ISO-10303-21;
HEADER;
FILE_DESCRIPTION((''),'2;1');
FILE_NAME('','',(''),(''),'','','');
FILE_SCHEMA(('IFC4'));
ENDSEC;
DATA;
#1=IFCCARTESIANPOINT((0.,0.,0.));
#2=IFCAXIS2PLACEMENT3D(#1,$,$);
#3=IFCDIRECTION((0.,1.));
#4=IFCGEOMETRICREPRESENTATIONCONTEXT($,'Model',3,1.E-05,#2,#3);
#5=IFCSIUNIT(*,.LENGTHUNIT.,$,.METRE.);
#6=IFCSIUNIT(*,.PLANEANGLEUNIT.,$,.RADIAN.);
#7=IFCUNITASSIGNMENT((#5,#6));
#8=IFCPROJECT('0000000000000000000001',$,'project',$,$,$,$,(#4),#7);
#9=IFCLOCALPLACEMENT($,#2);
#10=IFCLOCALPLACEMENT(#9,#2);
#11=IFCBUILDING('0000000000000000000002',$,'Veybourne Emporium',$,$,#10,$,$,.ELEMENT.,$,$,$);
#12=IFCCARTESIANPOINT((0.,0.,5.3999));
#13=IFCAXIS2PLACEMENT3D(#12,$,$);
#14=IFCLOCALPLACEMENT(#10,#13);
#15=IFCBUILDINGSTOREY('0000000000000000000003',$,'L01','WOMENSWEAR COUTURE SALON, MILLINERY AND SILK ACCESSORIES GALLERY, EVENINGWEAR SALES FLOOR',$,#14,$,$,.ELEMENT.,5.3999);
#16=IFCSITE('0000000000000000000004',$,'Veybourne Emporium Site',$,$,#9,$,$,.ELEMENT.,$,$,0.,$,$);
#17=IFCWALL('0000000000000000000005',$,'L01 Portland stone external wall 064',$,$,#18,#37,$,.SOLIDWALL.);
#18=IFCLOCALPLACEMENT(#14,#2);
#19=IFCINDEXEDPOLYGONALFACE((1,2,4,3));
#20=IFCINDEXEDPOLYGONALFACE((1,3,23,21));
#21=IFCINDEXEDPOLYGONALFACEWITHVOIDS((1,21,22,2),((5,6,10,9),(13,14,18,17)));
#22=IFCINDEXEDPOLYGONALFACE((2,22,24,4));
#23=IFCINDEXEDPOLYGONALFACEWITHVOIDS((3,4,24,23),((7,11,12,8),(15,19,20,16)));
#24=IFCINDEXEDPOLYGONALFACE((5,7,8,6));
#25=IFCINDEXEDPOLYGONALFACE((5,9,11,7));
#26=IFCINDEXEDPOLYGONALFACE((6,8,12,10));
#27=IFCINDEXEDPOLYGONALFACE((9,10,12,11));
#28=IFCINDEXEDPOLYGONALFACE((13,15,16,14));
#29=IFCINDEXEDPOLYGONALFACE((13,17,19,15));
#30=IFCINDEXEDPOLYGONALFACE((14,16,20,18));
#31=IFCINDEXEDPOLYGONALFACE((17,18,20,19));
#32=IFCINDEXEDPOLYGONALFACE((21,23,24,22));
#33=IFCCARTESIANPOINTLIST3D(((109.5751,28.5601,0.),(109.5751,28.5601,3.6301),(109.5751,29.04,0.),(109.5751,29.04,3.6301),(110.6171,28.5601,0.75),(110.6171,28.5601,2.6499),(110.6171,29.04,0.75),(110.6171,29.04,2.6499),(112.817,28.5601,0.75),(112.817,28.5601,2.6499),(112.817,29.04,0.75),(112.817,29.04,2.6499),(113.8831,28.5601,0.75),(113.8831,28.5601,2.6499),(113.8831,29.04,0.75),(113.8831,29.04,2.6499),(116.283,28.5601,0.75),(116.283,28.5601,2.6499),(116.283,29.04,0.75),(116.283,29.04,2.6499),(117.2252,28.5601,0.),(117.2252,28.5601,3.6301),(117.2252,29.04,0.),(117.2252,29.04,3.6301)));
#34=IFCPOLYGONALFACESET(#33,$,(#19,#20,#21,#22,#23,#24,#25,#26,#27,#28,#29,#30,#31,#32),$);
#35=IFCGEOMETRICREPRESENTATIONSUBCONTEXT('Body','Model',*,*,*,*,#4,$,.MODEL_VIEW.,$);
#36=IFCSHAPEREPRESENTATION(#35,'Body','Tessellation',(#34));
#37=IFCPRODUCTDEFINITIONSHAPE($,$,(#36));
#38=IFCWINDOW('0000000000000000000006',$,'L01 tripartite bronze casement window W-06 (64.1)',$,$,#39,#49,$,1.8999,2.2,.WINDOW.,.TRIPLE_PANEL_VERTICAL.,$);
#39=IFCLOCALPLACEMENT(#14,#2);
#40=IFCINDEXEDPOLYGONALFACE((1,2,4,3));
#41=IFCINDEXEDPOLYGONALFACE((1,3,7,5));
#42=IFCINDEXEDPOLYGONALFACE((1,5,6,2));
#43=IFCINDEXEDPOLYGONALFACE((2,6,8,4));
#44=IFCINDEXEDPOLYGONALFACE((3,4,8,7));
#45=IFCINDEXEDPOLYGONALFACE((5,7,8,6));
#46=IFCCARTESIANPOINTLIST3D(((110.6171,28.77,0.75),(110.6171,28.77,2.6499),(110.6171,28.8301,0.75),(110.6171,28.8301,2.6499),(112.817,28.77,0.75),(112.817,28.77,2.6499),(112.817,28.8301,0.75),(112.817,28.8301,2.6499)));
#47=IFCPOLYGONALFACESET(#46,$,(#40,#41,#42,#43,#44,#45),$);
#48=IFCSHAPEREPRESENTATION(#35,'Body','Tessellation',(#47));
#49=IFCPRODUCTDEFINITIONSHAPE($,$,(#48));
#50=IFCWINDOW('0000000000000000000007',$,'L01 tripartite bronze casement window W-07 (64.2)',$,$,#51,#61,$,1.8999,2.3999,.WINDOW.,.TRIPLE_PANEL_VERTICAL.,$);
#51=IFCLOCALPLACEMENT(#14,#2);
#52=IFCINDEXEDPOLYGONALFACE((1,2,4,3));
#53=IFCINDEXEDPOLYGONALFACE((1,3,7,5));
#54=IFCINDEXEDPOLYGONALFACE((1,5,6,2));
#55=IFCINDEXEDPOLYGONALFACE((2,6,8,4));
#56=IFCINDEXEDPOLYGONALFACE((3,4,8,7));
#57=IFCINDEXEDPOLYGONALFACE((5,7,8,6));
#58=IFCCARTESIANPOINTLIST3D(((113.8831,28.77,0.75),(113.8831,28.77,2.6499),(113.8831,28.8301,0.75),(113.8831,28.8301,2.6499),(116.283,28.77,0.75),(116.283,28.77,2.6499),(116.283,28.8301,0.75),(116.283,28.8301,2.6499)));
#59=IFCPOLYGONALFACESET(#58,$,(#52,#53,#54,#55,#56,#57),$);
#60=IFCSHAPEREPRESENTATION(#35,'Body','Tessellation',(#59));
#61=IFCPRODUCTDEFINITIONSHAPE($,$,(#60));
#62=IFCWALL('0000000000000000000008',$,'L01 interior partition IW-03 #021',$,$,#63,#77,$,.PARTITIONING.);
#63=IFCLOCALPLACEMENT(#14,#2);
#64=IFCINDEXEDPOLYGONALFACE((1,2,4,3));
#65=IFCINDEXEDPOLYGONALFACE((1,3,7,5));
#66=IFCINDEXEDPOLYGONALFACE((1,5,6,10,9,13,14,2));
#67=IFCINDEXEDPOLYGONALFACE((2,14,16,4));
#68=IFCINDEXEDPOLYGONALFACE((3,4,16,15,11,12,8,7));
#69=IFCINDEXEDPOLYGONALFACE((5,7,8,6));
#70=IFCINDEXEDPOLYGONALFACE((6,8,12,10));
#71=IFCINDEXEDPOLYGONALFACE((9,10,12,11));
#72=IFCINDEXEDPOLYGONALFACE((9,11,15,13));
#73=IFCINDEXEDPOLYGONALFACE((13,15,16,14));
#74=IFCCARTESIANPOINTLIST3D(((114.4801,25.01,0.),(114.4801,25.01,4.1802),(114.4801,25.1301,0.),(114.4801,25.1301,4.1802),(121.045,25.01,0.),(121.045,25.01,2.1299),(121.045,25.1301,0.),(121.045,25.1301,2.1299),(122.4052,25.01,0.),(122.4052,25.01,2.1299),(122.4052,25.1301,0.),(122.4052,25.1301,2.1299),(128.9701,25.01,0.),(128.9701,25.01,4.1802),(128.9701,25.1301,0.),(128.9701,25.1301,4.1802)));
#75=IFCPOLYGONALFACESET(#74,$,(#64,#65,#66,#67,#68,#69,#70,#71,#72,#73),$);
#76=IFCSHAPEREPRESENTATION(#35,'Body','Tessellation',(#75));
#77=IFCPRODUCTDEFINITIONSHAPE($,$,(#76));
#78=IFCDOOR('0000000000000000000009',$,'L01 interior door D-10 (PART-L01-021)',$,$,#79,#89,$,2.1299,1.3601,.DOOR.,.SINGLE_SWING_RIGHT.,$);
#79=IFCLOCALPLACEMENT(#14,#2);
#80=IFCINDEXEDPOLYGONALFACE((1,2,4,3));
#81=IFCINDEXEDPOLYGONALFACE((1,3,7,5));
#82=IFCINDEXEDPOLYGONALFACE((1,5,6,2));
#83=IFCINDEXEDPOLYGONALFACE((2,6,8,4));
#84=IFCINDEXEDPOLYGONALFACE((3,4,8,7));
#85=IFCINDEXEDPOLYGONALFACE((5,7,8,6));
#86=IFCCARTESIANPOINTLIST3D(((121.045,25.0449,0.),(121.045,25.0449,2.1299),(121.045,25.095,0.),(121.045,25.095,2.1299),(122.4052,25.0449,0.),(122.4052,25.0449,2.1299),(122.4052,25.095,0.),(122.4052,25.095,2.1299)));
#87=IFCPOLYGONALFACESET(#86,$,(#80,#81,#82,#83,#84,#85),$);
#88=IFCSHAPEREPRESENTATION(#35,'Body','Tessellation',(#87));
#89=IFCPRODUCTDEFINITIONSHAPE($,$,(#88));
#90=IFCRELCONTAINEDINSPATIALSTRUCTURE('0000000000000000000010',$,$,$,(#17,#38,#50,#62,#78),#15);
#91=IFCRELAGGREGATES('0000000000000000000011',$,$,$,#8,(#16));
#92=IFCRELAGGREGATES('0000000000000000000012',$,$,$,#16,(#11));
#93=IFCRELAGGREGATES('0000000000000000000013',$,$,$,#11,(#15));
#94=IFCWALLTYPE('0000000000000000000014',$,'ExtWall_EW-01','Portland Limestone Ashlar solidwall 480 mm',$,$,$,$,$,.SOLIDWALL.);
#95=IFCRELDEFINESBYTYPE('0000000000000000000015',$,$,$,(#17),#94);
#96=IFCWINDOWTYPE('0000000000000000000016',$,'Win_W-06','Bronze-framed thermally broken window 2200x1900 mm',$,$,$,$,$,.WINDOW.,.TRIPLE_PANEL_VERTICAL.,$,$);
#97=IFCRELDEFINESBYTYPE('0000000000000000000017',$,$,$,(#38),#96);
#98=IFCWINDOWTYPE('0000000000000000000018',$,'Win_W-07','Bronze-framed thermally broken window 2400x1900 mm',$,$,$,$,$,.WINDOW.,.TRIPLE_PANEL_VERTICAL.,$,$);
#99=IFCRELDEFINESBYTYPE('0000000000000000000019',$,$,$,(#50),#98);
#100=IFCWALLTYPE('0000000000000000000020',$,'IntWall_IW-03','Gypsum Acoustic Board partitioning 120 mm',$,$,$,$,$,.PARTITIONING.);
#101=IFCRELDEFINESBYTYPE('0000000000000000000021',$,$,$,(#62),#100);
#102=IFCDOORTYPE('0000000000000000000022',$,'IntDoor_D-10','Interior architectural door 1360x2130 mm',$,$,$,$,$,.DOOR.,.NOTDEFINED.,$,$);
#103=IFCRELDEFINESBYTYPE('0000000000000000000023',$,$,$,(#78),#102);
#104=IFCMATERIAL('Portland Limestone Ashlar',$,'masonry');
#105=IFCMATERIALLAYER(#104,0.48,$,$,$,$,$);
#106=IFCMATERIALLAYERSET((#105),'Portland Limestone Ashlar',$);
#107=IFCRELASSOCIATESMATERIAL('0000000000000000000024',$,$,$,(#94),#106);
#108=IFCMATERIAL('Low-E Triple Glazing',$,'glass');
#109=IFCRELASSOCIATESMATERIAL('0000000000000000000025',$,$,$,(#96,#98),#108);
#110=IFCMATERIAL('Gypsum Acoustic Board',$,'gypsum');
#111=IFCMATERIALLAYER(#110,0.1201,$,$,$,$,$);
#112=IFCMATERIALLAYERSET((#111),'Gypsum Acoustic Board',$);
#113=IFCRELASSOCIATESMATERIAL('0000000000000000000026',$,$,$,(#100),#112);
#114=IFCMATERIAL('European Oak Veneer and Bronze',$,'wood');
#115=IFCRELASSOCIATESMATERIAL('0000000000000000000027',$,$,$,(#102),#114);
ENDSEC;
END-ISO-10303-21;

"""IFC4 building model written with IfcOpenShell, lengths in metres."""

from ifc_helpers import new_model, si_unit, direction, frame, frame_2d, origin, place, context, subcontext, project, spatial, rectangle, extrude, material, layer, layer_set, type_object, element, fill, save


model = new_model("IFC4")

# Units and contexts
model_context = context("Model", 3, precision=1e-05, world=origin(), true_north=direction((0.0, 1.0)))
body_context = subcontext(model_context, "Body", "Model", "MODEL_VIEW")
ifc_project = project(units=[si_unit("LENGTHUNIT", "METRE"), si_unit("PLANEANGLEUNIT", "RADIAN")], contexts=[model_context])

# Site, building, storey
site_placement = place(None, origin())
site = spatial("IfcSite", under=ifc_project, at=site_placement, Name="Veybourne Emporium Site", CompositionType="ELEMENT", RefElevation=0.0)
building_placement = place(site_placement, origin())
building = spatial("IfcBuilding", under=site, at=building_placement, Name="Veybourne Emporium", CompositionType="ELEMENT")
storey_placement = place(building_placement, frame((0.0, 0.0, 5.3999)))
storey = spatial("IfcBuildingStorey", under=building, at=storey_placement, Name="L01", Description="WOMENSWEAR COUTURE SALON, MILLINERY AND SILK ACCESSORIES GALLERY, EVENINGWEAR SALES FLOOR", CompositionType="ELEMENT", Elevation=5.3999)

# Shared definitions
ifc_material_1 = material(Name="Low-E Triple Glazing", Category="glass")

# Wall, openings, windows
ifc_material_2 = material(Name="Portland Limestone Ashlar", Category="masonry")
ifc_layer_1 = layer(ifc_material_2, 0.48)
ifc_layer_set_1 = layer_set([ifc_layer_1], Name="Portland Limestone Ashlar")
wall_type_1 = type_object("IfcWallType", Name="ExtWall_EW-01", Description="Portland Limestone Ashlar solidwall 480 mm", PredefinedType="SOLIDWALL", material=ifc_layer_set_1)
wall_1_placement = place(storey_placement, frame((109.575, 28.8, 0.0), z_axis=(0.0, 0.0, 1.0), x_axis=(1.0, 0.0, 0.0)))
wall_1 = element("IfcWall", 1, at=wall_1_placement, inside=storey, type_object=wall_type_1, Name="L01 Portland stone external wall 064", PredefinedType="SOLIDWALL", context=body_context, shape_type="SweptSolid", body=[
    extrude(rectangle(XDim=7.6501, YDim=0.48, at=frame_2d((3.8252, 0.0))), origin(), (0.0, 0.0, 1.0), 3.6301),
])
opening_1_placement = place(wall_1_placement, frame((1.042, 0.0, 0.75)))
opening_1 = element("IfcOpeningElement", 2, at=opening_1_placement, cuts=wall_1, PredefinedType="OPENING", context=body_context, shape_type="SweptSolid", body=[
    extrude(rectangle(XDim=2.2, YDim=1.8999, at=frame_2d((1.1001, 0.95))), frame((0.0, 0.26, 0.0), z_axis=(0.0, -1.0, 0.0), x_axis=(1.0, 0.0, 0.0)), (0.0, 0.0, 1.0), 0.52),
])
opening_2_placement = place(wall_1_placement, frame((4.3081, 0.0, 0.75)))
opening_2 = element("IfcOpeningElement", 3, at=opening_2_placement, cuts=wall_1, PredefinedType="OPENING", context=body_context, shape_type="SweptSolid", body=[
    extrude(rectangle(XDim=2.3999, YDim=1.8999, at=frame_2d((1.2, 0.95))), frame((0.0, 0.26, 0.0), z_axis=(0.0, -1.0, 0.0), x_axis=(1.0, 0.0, 0.0)), (0.0, 0.0, 1.0), 0.52),
])
window_type_1 = type_object("IfcWindowType", Name="Win_W-06", Description="Bronze-framed thermally broken window 2200x1900 mm", PartitioningType="TRIPLE_PANEL_VERTICAL", PredefinedType="WINDOW", material=ifc_material_1)
window_1_placement = place(opening_1_placement, origin())
window_1 = element("IfcWindow", 4, at=window_1_placement, inside=storey, type_object=window_type_1, Name="L01 tripartite bronze casement window W-06 (64.1)", OverallHeight=1.8999, OverallWidth=2.2, PartitioningType="TRIPLE_PANEL_VERTICAL", PredefinedType="WINDOW", context=body_context, shape_type="SweptSolid", body=[
    extrude(rectangle(XDim=2.2, YDim=1.8999, at=frame_2d((1.1001, 0.95))), frame((0.0, 0.03, 0.0), z_axis=(0.0, -1.0, 0.0), x_axis=(1.0, 0.0, 0.0)), (0.0, 0.0, 1.0), 0.0601),
])
fill(opening_1, window_1)
window_type_2 = type_object("IfcWindowType", Name="Win_W-07", Description="Bronze-framed thermally broken window 2400x1900 mm", PartitioningType="TRIPLE_PANEL_VERTICAL", PredefinedType="WINDOW", material=ifc_material_1)
window_2_placement = place(opening_2_placement, origin())
window_2 = element("IfcWindow", 5, at=window_2_placement, inside=storey, type_object=window_type_2, Name="L01 tripartite bronze casement window W-07 (64.2)", OverallHeight=1.8999, OverallWidth=2.3999, PartitioningType="TRIPLE_PANEL_VERTICAL", PredefinedType="WINDOW", context=body_context, shape_type="SweptSolid", body=[
    extrude(rectangle(XDim=2.3999, YDim=1.8999, at=frame_2d((1.2, 0.95))), frame((0.0, 0.03, 0.0), z_axis=(0.0, -1.0, 0.0), x_axis=(1.0, 0.0, 0.0)), (0.0, 0.0, 1.0), 0.0601),
])
fill(opening_2, window_2)

# Wall, opening, door
ifc_material_3 = material(Name="Gypsum Acoustic Board", Category="gypsum")
ifc_layer_2 = layer(ifc_material_3, 0.1201)
ifc_layer_set_2 = layer_set([ifc_layer_2], Name="Gypsum Acoustic Board")
wall_type_2 = type_object("IfcWallType", Name="IntWall_IW-03", Description="Gypsum Acoustic Board partitioning 120 mm", PredefinedType="PARTITIONING", material=ifc_layer_set_2)
wall_2_placement = place(storey_placement, frame((114.48, 25.0701, 0.0), z_axis=(0.0, 0.0, 1.0), x_axis=(1.0, 0.0, 0.0)))
wall_2 = element("IfcWall", 6, at=wall_2_placement, inside=storey, type_object=wall_type_2, Name="L01 interior partition IW-03 #021", PredefinedType="PARTITIONING", context=body_context, shape_type="SweptSolid", body=[
    extrude(rectangle(XDim=14.49, YDim=0.1201, at=frame_2d((7.2451, 0.0))), origin(), (0.0, 0.0, 1.0), 4.1802),
])
opening_3_placement = place(wall_2_placement, frame((6.5649, 0.0, 0.0)))
opening_3 = element("IfcOpeningElement", 7, at=opening_3_placement, cuts=wall_2, PredefinedType="OPENING", context=body_context, shape_type="SweptSolid", body=[
    extrude(rectangle(XDim=1.3601, YDim=2.1299, at=frame_2d((0.6802, 1.0649))), frame((0.0, 0.0801, 0.0), z_axis=(0.0, -1.0, 0.0), x_axis=(1.0, 0.0, 0.0)), (0.0, 0.0, 1.0), 0.1602),
])
ifc_material_4 = material(Name="European Oak Veneer and Bronze", Category="wood")
door_type = type_object("IfcDoorType", Name="IntDoor_D-10", Description="Interior architectural door 1360x2130 mm", OperationType="NOTDEFINED", PredefinedType="DOOR", material=ifc_material_4)
door_placement = place(opening_3_placement, origin())
door = element("IfcDoor", 8, at=door_placement, inside=storey, type_object=door_type, Name="L01 interior door D-10 (PART-L01-021)", OperationType="SINGLE_SWING_RIGHT", OverallHeight=2.1299, OverallWidth=1.3601, PredefinedType="DOOR", context=body_context, shape_type="SweptSolid", body=[
    extrude(rectangle(XDim=1.3601, YDim=2.1299, at=frame_2d((0.6802, 1.0649))), frame((0.0, 0.0249, 0.0), z_axis=(0.0, -1.0, 0.0), x_axis=(1.0, 0.0, 0.0)), (0.0, 0.0, 1.0), 0.05),
])
fill(opening_3, door)

save(model, "model.ifc")
